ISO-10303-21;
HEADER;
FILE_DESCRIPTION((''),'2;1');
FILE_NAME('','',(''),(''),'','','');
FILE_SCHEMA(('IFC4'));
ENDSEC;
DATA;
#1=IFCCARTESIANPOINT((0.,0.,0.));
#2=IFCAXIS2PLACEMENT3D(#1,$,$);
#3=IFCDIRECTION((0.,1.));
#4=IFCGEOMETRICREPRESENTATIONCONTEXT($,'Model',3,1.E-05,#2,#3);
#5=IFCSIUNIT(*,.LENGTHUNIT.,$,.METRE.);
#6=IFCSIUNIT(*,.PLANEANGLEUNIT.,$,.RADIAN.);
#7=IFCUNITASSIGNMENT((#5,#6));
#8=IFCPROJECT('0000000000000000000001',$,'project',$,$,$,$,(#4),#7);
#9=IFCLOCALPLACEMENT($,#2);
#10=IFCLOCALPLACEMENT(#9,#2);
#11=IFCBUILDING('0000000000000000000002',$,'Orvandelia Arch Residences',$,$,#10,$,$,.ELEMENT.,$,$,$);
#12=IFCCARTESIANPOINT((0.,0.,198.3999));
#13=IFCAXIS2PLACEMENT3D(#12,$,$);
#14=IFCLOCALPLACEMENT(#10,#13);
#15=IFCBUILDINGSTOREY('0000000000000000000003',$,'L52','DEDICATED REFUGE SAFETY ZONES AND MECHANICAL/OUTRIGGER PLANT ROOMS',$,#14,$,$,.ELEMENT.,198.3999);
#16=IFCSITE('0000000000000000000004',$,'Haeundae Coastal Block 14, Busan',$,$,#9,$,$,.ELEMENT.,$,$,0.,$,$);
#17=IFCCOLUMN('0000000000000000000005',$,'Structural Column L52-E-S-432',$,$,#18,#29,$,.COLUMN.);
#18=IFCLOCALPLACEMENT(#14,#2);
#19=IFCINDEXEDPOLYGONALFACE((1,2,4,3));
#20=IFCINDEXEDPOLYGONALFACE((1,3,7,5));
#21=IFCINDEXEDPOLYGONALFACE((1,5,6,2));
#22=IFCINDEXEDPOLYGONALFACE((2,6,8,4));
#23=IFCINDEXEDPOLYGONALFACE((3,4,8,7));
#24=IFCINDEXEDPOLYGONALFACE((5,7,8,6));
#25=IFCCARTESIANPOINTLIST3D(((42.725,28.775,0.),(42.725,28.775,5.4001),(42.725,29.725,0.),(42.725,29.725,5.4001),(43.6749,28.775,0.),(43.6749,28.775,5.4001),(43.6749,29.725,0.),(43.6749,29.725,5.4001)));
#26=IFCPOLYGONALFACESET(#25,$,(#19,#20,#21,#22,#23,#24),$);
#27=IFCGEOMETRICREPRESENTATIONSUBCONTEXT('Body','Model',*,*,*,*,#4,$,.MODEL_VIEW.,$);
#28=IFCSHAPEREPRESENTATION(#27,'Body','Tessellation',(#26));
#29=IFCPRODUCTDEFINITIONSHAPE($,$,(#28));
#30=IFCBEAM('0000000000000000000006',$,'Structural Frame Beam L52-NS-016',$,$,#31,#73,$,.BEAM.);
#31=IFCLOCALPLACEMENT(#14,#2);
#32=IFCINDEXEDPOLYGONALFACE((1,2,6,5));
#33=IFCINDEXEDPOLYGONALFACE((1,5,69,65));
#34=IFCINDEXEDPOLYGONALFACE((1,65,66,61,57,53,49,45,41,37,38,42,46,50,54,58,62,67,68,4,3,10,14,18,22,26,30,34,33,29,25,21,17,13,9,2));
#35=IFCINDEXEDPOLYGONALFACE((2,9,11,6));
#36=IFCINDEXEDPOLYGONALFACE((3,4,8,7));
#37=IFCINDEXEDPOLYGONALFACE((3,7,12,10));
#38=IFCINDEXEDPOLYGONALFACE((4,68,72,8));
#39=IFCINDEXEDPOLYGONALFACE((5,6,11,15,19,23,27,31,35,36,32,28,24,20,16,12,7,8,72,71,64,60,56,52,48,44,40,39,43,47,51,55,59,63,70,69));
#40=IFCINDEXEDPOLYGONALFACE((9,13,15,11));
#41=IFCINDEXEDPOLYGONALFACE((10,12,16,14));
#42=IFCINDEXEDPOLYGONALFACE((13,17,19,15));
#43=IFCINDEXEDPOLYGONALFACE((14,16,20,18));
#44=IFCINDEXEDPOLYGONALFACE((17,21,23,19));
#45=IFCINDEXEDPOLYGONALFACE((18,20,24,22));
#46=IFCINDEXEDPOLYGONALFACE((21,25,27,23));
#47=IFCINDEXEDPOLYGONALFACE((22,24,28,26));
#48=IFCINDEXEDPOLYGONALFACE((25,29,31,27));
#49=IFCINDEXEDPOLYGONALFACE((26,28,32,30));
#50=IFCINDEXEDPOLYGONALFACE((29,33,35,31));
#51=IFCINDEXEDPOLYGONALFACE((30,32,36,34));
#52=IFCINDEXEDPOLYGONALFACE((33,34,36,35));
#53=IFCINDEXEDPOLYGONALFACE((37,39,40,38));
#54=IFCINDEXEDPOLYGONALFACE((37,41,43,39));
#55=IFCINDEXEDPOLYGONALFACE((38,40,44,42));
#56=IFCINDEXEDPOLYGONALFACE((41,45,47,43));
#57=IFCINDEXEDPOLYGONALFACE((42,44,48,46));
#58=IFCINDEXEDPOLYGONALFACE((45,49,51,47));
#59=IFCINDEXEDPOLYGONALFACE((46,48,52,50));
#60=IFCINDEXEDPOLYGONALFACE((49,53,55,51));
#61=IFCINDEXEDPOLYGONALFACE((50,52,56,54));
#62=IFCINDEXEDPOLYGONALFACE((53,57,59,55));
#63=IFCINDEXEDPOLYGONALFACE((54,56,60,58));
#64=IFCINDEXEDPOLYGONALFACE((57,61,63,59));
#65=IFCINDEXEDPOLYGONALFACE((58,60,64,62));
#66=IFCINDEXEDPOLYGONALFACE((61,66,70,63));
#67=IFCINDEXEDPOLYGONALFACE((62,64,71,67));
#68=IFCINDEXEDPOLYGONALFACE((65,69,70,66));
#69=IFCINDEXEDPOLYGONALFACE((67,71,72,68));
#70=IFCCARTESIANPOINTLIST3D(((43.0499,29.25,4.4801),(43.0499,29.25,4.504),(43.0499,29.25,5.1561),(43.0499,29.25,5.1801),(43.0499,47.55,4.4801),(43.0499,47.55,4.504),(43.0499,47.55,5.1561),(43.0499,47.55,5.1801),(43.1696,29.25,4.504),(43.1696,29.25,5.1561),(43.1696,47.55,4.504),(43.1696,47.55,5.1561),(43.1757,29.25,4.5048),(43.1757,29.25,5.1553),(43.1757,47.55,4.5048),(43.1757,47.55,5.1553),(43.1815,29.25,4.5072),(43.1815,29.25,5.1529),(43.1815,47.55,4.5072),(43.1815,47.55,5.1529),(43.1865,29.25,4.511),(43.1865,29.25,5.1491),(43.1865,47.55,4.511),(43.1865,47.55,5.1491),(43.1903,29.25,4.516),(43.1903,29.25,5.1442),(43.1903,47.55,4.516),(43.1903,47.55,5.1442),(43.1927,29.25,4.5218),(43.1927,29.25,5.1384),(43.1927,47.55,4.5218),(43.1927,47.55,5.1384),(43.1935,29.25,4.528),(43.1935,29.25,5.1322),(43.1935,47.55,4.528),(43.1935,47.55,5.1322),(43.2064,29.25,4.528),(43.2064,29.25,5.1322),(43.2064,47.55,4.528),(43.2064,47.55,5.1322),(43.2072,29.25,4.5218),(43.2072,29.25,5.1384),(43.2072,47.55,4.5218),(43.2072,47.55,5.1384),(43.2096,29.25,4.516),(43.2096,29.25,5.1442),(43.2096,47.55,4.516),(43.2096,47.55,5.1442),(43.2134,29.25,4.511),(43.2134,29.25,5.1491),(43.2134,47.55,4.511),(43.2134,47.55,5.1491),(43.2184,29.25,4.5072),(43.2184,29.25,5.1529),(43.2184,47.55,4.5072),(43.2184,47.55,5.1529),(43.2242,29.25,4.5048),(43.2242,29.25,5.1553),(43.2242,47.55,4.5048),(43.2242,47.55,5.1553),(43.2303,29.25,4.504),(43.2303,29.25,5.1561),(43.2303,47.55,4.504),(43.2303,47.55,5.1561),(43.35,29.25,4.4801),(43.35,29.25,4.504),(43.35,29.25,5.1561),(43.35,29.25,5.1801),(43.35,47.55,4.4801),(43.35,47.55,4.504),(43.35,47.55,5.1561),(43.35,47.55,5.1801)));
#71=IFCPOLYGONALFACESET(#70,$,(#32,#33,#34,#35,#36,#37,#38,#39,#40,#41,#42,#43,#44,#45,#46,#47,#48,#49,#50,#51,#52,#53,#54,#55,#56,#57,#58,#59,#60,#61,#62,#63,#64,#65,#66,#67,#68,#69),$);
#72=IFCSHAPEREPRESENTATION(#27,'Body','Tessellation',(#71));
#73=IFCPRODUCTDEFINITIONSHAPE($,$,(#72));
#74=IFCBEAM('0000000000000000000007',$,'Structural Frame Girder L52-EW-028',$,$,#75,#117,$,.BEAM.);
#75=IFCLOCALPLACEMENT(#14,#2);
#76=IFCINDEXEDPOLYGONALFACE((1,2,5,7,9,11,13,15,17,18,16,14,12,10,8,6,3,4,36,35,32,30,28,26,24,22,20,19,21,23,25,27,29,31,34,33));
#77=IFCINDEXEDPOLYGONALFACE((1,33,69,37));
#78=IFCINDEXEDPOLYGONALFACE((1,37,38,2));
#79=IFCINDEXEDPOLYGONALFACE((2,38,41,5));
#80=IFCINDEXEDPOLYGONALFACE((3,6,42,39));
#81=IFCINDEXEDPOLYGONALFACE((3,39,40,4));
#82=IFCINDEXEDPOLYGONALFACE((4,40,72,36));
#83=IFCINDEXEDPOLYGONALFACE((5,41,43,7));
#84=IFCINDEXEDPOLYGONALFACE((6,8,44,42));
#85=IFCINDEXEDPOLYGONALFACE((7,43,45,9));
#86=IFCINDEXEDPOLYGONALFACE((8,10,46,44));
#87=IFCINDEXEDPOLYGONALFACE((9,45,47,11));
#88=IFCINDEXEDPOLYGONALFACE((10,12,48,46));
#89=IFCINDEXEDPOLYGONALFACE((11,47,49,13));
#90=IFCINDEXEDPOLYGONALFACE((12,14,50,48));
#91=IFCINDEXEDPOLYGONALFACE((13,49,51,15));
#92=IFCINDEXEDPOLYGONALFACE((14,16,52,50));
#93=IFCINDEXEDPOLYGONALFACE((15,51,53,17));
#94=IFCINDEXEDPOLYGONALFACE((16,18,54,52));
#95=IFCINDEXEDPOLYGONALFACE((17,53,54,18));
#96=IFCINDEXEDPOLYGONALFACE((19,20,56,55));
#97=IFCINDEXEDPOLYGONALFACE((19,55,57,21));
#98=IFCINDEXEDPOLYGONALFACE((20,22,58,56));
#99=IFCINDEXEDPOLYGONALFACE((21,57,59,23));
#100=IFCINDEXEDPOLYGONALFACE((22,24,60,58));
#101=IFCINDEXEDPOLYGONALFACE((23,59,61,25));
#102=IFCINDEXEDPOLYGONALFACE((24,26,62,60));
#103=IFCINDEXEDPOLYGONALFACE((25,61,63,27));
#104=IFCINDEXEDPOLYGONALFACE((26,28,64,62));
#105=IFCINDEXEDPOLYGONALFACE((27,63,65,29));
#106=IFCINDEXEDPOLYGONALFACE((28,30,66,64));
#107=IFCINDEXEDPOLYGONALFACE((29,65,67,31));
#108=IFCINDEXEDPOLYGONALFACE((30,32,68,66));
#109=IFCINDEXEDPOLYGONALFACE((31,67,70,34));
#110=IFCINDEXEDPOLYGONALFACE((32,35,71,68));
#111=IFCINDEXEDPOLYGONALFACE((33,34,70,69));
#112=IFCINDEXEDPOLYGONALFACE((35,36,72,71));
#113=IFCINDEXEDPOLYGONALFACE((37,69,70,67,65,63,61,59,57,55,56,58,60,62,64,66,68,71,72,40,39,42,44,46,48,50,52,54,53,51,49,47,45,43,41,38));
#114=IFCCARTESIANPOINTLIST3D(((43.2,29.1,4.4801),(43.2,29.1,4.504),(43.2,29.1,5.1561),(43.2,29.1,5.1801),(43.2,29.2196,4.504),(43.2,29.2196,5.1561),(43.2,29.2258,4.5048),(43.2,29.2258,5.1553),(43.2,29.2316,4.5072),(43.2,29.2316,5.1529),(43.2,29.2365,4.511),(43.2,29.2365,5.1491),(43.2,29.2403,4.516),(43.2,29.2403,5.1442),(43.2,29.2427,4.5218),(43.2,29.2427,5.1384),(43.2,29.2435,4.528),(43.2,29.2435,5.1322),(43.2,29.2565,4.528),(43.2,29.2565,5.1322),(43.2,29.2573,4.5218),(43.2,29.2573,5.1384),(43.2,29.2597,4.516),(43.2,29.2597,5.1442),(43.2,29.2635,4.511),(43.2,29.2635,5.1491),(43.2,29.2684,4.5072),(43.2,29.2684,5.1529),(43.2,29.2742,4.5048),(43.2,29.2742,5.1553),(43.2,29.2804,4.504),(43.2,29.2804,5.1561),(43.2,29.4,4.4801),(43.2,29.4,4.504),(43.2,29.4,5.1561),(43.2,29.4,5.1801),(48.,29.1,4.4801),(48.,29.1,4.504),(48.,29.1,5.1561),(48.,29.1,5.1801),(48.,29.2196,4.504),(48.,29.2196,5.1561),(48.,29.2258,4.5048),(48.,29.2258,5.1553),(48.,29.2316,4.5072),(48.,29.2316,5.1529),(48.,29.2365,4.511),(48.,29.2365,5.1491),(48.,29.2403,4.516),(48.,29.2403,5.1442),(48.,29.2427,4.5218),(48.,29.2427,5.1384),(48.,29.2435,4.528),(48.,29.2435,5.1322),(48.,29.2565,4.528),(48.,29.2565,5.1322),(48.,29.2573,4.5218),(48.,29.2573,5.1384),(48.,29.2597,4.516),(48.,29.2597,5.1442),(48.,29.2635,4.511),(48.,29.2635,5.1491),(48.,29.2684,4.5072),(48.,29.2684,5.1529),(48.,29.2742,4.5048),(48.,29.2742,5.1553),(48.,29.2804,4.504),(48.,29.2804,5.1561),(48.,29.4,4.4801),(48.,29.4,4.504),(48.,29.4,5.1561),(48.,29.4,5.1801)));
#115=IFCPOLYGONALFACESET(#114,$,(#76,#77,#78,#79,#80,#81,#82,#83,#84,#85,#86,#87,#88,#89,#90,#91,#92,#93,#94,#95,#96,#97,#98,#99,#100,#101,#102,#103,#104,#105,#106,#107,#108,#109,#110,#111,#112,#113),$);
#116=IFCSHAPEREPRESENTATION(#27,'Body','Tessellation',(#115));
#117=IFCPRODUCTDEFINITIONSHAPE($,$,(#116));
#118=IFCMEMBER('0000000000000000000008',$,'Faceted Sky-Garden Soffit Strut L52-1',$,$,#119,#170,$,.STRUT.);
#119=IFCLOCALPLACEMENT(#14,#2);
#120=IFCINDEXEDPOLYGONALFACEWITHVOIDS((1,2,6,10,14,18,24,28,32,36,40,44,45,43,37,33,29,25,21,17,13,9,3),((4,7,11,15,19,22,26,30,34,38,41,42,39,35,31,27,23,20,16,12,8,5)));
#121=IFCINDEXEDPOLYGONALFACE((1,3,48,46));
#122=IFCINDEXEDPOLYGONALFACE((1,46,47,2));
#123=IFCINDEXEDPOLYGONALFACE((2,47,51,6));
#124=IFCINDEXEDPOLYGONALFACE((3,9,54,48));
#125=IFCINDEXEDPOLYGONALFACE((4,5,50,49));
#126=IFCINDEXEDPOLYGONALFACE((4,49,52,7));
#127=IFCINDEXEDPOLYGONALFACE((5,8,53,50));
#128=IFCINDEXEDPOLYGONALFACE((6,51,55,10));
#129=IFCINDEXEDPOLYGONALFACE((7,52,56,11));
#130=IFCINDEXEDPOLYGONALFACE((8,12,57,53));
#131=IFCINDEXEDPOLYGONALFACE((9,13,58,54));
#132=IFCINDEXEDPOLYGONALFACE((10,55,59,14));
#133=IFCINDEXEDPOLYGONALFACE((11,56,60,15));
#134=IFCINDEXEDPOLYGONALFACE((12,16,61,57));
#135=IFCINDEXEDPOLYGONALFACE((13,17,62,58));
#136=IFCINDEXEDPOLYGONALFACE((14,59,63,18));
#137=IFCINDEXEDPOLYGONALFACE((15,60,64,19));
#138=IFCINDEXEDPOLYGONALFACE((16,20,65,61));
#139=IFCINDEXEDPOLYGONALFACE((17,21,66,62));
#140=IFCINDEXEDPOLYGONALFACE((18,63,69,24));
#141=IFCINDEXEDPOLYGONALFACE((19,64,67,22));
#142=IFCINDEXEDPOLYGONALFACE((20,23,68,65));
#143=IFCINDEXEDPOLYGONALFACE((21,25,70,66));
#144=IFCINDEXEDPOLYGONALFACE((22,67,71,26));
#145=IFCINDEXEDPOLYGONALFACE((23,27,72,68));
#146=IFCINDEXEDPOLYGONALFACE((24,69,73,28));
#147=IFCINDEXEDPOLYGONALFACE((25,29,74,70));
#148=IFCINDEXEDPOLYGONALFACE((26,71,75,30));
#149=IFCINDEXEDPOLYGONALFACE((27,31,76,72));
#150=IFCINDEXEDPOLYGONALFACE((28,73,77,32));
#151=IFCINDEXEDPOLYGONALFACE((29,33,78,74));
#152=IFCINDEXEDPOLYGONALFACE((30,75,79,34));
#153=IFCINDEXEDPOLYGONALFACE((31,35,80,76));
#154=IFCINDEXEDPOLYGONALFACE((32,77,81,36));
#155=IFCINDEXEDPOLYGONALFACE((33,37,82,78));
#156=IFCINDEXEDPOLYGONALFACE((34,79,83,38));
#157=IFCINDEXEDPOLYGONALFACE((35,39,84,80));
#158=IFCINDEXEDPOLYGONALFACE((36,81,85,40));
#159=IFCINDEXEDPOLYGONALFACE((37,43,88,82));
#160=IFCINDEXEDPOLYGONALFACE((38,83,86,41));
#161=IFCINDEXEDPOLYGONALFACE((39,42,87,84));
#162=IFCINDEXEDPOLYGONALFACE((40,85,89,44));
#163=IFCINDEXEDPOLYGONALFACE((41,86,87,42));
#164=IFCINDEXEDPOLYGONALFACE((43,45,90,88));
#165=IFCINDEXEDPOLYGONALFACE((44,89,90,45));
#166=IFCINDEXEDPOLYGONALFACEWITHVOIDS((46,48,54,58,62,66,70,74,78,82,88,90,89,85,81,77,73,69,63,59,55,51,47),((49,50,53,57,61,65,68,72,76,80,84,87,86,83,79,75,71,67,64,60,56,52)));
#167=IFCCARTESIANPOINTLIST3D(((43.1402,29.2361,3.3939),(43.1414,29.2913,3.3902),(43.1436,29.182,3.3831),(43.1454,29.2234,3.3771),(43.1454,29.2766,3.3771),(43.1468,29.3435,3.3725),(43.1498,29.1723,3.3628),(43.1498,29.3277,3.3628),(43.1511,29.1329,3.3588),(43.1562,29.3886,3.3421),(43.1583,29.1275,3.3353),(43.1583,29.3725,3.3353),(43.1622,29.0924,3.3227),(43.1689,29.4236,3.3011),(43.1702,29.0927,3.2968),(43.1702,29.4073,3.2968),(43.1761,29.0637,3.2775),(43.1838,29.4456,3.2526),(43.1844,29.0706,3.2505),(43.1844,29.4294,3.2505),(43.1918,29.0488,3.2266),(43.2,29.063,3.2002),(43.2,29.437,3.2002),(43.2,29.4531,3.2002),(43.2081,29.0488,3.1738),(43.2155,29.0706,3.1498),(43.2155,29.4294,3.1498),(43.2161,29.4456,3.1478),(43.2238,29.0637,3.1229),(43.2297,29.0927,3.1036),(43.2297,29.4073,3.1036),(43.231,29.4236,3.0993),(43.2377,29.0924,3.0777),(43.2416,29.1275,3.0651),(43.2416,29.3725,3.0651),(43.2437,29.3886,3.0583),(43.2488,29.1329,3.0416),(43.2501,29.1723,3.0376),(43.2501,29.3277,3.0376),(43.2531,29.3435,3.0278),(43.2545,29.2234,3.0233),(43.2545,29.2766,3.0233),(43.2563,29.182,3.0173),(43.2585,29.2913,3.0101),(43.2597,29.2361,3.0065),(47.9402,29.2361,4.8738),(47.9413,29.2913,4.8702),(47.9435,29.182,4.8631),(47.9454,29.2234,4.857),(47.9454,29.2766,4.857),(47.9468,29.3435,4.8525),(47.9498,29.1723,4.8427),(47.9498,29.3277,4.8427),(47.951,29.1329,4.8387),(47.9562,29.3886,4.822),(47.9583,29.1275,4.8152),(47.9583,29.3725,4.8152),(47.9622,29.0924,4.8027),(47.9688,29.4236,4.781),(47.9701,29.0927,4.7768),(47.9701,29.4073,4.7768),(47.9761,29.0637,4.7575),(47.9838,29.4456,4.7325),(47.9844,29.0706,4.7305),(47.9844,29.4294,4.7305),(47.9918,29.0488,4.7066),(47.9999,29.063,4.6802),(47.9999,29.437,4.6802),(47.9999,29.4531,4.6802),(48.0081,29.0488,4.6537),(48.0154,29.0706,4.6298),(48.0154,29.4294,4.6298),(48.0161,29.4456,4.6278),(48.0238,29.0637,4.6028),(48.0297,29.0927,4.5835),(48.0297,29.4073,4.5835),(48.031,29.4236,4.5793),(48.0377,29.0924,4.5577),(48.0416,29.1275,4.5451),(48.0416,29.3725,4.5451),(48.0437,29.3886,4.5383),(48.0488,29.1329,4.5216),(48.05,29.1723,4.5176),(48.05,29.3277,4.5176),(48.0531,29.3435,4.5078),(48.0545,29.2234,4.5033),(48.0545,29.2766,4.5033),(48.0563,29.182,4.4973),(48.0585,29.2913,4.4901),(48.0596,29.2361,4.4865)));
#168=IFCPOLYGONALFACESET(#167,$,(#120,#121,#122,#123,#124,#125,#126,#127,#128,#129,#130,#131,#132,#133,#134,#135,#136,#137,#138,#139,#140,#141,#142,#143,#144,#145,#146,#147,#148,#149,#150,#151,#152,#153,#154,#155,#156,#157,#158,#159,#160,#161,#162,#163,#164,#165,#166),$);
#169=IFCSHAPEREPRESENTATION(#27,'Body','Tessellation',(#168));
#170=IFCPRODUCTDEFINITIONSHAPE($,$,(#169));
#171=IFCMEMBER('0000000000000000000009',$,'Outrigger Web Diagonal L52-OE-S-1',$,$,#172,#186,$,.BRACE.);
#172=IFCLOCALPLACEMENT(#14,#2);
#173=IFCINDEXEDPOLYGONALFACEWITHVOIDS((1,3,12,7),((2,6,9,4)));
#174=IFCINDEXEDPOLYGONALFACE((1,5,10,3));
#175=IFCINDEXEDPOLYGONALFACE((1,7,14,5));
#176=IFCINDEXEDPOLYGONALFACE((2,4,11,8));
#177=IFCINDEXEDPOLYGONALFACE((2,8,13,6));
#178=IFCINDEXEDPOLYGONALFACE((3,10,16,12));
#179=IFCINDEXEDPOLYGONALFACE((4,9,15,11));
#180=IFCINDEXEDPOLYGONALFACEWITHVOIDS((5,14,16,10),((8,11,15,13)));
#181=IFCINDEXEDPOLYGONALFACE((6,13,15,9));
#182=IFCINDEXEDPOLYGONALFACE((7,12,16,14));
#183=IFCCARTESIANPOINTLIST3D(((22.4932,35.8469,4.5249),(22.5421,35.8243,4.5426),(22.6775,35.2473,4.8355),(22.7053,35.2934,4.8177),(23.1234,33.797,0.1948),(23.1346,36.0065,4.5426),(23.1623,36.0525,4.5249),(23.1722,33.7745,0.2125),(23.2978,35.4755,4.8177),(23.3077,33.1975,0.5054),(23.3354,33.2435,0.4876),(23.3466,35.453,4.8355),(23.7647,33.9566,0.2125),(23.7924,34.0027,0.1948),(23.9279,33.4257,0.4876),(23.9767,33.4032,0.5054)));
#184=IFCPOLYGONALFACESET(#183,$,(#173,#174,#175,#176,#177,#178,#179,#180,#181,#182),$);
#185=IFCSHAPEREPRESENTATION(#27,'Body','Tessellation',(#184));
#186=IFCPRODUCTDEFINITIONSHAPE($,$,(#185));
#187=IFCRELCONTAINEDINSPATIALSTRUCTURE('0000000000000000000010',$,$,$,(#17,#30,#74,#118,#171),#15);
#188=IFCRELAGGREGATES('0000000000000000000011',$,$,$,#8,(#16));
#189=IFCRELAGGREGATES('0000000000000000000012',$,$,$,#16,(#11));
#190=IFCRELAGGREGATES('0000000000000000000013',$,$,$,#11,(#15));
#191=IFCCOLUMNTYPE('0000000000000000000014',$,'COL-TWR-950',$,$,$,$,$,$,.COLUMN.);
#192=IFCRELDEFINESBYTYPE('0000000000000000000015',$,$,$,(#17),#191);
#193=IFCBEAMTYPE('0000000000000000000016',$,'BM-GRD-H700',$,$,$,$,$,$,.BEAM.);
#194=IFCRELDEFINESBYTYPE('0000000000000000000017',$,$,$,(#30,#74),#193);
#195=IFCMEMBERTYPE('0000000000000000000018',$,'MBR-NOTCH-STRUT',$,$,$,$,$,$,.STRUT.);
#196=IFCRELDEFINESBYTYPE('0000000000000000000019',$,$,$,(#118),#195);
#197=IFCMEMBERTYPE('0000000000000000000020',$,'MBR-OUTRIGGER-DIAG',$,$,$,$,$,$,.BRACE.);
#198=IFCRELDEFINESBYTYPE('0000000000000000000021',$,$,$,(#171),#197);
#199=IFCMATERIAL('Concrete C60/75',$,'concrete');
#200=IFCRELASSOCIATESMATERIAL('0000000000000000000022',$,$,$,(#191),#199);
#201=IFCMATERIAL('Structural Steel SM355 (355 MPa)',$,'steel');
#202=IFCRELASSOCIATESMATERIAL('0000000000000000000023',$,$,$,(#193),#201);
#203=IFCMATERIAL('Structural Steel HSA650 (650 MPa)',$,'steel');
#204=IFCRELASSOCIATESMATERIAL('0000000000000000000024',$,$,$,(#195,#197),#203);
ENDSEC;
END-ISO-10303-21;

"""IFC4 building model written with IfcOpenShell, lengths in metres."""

from ifc_helpers import new_model, si_unit, direction, frame, origin, origin_2d, place, context, subcontext, project, spatial, rectangle, hollow_rectangle, hollow_circle, i_section, extrude, material, material_profile, profile_set, type_object, element, save


model = new_model("IFC4")

# Units and contexts
model_context = context("Model", 3, precision=1e-05, world=origin(), true_north=direction((0.0, 1.0)))
body_context = subcontext(model_context, "Body", "Model", "MODEL_VIEW")
ifc_project = project(units=[si_unit("LENGTHUNIT", "METRE"), si_unit("PLANEANGLEUNIT", "RADIAN")], contexts=[model_context])

# Site, building, storey
site_placement = place(None, origin())
site = spatial("IfcSite", under=ifc_project, at=site_placement, Name="Haeundae Coastal Block 14, Busan", CompositionType="ELEMENT", RefElevation=0.0)
building_placement = place(site_placement, origin())
building = spatial("IfcBuilding", under=site, at=building_placement, Name="Orvandelia Arch Residences", CompositionType="ELEMENT")
storey_placement = place(building_placement, frame((0.0, 0.0, 198.3999)))
storey = spatial("IfcBuildingStorey", under=building, at=storey_placement, Name="L52", Description="DEDICATED REFUGE SAFETY ZONES AND MECHANICAL/OUTRIGGER PLANT ROOMS", CompositionType="ELEMENT", Elevation=198.3999)

# Column
ifc_material_1 = material(Name="Concrete C60/75", Category="concrete")
ifc_material_profile_1 = material_profile(ifc_material_1, rectangle(XDim=0.95, YDim=0.95, at=origin_2d()), Name="Concrete C60/75", Category="concrete")
ifc_profile_set_1 = profile_set([ifc_material_profile_1], Name="Concrete C60/75")
column_type = type_object("IfcColumnType", Name="COL-TWR-950", PredefinedType="COLUMN", material=ifc_profile_set_1)
column_placement = place(storey_placement, frame((43.2, 29.25, 0.0), z_axis=(0.0, 0.0, 1.0), x_axis=(1.0, 0.0, 0.0)))
element("IfcColumn", 1, at=column_placement, inside=storey, type_object=column_type, Name="Structural Column L52-E-S-432", PredefinedType="COLUMN", context=body_context, shape_type="SweptSolid", body=[
    extrude(rectangle(XDim=0.95, YDim=0.95, at=origin_2d()), origin(), (0.0, 0.0, 1.0), 5.4001),
])

# Beams
ifc_material_2 = material(Name="Structural Steel SM355 (355 MPa)", Category="steel")
ifc_material_profile_2 = material_profile(ifc_material_2, i_section(OverallWidth=0.3, OverallDepth=0.7, WebThickness=0.0129, FlangeThickness=0.0239, FilletRadius=0.0239, at=origin_2d()), Name="Structural Steel SM355 (355 MPa)", Category="steel")
ifc_profile_set_2 = profile_set([ifc_material_profile_2], Name="Structural Steel SM355 (355 MPa)")
beam_type = type_object("IfcBeamType", Name="BM-GRD-H700", PredefinedType="BEAM", material=ifc_profile_set_2)
beam_1_placement = place(storey_placement, frame((43.2, 29.25, 4.8301), z_axis=(0.0, 1.0, 0.0), x_axis=(-1.0, 0.0, 0.0)))
element("IfcBeam", 2, at=beam_1_placement, inside=storey, type_object=beam_type, Name="Structural Frame Beam L52-NS-016", PredefinedType="BEAM", context=body_context, shape_type="SweptSolid", body=[
    extrude(i_section(OverallWidth=0.3, OverallDepth=0.7, WebThickness=0.0129, FlangeThickness=0.0239, FilletRadius=0.0239, at=origin_2d()), origin(), (0.0, 0.0, 1.0), 18.3),
])
beam_2_placement = place(storey_placement, frame((43.2, 29.25, 4.8301), z_axis=(1.0, 0.0, 0.0), x_axis=(0.0, 1.0, 0.0)))
element("IfcBeam", 3, at=beam_2_placement, inside=storey, type_object=beam_type, Name="Structural Frame Girder L52-EW-028", PredefinedType="BEAM", context=body_context, shape_type="SweptSolid", body=[
    extrude(i_section(OverallWidth=0.3, OverallDepth=0.7, WebThickness=0.0129, FlangeThickness=0.0239, FilletRadius=0.0239, at=origin_2d()), origin(), (0.0, 0.0, 1.0), 4.8),
])

# Members
ifc_material_3 = material(Name="Structural Steel HSA650 (650 MPa)", Category="steel")
ifc_material_profile_3 = material_profile(ifc_material_3, hollow_circle(Radius=0.2031, WallThickness=0.0161, at=origin_2d()), Name="Structural Steel HSA650 (650 MPa)", Category="steel")
ifc_profile_set_3 = profile_set([ifc_material_profile_3], Name="Structural Steel HSA650 (650 MPa)")
member_type_1 = type_object("IfcMemberType", Name="MBR-NOTCH-STRUT", PredefinedType="STRUT", material=ifc_profile_set_3)
member_1_placement = place(storey_placement, frame((43.2, 29.25, 3.2002), z_axis=(0.955609, 0.0, 0.294639), x_axis=(0.0, 1.0, 0.0)))
element("IfcMember", 4, at=member_1_placement, inside=storey, type_object=member_type_1, Name="Faceted Sky-Garden Soffit Strut L52-1", PredefinedType="STRUT", context=body_context, shape_type="SweptSolid", body=[
    extrude(hollow_circle(Radius=0.2031, WallThickness=0.0161, at=origin_2d()), origin(), (0.0, 0.0, 1.0), 5.0229),
])
ifc_material_profile_4 = material_profile(ifc_material_3, hollow_rectangle(XDim=0.7, YDim=0.7, WallThickness=0.04, at=origin_2d()), Name="Structural Steel HSA650 (650 MPa)", Category="steel")
ifc_profile_set_4 = profile_set([ifc_material_profile_4], Name="Structural Steel HSA650 (650 MPa)")
member_type_2 = type_object("IfcMemberType", Name="MBR-OUTRIGGER-DIAG", PredefinedType="BRACE", material=ifc_profile_set_4)
member_2_placement = place(storey_placement, frame((23.55, 33.6001, 0.3501), z_axis=(-0.130407, 0.424214, 0.896123), x_axis=(-0.955855, -0.293838, 0.0)))
element("IfcMember", 5, at=member_2_placement, inside=storey, type_object=member_type_2, Name="Outrigger Web Diagonal L52-OE-S-1", PredefinedType="BRACE", context=body_context, shape_type="SweptSolid", body=[
    extrude(hollow_rectangle(XDim=0.7, YDim=0.7, WallThickness=0.04, at=origin_2d()), origin(), (0.0, 0.0, 1.0), 4.832),
])

save(model, "model.ifc")
